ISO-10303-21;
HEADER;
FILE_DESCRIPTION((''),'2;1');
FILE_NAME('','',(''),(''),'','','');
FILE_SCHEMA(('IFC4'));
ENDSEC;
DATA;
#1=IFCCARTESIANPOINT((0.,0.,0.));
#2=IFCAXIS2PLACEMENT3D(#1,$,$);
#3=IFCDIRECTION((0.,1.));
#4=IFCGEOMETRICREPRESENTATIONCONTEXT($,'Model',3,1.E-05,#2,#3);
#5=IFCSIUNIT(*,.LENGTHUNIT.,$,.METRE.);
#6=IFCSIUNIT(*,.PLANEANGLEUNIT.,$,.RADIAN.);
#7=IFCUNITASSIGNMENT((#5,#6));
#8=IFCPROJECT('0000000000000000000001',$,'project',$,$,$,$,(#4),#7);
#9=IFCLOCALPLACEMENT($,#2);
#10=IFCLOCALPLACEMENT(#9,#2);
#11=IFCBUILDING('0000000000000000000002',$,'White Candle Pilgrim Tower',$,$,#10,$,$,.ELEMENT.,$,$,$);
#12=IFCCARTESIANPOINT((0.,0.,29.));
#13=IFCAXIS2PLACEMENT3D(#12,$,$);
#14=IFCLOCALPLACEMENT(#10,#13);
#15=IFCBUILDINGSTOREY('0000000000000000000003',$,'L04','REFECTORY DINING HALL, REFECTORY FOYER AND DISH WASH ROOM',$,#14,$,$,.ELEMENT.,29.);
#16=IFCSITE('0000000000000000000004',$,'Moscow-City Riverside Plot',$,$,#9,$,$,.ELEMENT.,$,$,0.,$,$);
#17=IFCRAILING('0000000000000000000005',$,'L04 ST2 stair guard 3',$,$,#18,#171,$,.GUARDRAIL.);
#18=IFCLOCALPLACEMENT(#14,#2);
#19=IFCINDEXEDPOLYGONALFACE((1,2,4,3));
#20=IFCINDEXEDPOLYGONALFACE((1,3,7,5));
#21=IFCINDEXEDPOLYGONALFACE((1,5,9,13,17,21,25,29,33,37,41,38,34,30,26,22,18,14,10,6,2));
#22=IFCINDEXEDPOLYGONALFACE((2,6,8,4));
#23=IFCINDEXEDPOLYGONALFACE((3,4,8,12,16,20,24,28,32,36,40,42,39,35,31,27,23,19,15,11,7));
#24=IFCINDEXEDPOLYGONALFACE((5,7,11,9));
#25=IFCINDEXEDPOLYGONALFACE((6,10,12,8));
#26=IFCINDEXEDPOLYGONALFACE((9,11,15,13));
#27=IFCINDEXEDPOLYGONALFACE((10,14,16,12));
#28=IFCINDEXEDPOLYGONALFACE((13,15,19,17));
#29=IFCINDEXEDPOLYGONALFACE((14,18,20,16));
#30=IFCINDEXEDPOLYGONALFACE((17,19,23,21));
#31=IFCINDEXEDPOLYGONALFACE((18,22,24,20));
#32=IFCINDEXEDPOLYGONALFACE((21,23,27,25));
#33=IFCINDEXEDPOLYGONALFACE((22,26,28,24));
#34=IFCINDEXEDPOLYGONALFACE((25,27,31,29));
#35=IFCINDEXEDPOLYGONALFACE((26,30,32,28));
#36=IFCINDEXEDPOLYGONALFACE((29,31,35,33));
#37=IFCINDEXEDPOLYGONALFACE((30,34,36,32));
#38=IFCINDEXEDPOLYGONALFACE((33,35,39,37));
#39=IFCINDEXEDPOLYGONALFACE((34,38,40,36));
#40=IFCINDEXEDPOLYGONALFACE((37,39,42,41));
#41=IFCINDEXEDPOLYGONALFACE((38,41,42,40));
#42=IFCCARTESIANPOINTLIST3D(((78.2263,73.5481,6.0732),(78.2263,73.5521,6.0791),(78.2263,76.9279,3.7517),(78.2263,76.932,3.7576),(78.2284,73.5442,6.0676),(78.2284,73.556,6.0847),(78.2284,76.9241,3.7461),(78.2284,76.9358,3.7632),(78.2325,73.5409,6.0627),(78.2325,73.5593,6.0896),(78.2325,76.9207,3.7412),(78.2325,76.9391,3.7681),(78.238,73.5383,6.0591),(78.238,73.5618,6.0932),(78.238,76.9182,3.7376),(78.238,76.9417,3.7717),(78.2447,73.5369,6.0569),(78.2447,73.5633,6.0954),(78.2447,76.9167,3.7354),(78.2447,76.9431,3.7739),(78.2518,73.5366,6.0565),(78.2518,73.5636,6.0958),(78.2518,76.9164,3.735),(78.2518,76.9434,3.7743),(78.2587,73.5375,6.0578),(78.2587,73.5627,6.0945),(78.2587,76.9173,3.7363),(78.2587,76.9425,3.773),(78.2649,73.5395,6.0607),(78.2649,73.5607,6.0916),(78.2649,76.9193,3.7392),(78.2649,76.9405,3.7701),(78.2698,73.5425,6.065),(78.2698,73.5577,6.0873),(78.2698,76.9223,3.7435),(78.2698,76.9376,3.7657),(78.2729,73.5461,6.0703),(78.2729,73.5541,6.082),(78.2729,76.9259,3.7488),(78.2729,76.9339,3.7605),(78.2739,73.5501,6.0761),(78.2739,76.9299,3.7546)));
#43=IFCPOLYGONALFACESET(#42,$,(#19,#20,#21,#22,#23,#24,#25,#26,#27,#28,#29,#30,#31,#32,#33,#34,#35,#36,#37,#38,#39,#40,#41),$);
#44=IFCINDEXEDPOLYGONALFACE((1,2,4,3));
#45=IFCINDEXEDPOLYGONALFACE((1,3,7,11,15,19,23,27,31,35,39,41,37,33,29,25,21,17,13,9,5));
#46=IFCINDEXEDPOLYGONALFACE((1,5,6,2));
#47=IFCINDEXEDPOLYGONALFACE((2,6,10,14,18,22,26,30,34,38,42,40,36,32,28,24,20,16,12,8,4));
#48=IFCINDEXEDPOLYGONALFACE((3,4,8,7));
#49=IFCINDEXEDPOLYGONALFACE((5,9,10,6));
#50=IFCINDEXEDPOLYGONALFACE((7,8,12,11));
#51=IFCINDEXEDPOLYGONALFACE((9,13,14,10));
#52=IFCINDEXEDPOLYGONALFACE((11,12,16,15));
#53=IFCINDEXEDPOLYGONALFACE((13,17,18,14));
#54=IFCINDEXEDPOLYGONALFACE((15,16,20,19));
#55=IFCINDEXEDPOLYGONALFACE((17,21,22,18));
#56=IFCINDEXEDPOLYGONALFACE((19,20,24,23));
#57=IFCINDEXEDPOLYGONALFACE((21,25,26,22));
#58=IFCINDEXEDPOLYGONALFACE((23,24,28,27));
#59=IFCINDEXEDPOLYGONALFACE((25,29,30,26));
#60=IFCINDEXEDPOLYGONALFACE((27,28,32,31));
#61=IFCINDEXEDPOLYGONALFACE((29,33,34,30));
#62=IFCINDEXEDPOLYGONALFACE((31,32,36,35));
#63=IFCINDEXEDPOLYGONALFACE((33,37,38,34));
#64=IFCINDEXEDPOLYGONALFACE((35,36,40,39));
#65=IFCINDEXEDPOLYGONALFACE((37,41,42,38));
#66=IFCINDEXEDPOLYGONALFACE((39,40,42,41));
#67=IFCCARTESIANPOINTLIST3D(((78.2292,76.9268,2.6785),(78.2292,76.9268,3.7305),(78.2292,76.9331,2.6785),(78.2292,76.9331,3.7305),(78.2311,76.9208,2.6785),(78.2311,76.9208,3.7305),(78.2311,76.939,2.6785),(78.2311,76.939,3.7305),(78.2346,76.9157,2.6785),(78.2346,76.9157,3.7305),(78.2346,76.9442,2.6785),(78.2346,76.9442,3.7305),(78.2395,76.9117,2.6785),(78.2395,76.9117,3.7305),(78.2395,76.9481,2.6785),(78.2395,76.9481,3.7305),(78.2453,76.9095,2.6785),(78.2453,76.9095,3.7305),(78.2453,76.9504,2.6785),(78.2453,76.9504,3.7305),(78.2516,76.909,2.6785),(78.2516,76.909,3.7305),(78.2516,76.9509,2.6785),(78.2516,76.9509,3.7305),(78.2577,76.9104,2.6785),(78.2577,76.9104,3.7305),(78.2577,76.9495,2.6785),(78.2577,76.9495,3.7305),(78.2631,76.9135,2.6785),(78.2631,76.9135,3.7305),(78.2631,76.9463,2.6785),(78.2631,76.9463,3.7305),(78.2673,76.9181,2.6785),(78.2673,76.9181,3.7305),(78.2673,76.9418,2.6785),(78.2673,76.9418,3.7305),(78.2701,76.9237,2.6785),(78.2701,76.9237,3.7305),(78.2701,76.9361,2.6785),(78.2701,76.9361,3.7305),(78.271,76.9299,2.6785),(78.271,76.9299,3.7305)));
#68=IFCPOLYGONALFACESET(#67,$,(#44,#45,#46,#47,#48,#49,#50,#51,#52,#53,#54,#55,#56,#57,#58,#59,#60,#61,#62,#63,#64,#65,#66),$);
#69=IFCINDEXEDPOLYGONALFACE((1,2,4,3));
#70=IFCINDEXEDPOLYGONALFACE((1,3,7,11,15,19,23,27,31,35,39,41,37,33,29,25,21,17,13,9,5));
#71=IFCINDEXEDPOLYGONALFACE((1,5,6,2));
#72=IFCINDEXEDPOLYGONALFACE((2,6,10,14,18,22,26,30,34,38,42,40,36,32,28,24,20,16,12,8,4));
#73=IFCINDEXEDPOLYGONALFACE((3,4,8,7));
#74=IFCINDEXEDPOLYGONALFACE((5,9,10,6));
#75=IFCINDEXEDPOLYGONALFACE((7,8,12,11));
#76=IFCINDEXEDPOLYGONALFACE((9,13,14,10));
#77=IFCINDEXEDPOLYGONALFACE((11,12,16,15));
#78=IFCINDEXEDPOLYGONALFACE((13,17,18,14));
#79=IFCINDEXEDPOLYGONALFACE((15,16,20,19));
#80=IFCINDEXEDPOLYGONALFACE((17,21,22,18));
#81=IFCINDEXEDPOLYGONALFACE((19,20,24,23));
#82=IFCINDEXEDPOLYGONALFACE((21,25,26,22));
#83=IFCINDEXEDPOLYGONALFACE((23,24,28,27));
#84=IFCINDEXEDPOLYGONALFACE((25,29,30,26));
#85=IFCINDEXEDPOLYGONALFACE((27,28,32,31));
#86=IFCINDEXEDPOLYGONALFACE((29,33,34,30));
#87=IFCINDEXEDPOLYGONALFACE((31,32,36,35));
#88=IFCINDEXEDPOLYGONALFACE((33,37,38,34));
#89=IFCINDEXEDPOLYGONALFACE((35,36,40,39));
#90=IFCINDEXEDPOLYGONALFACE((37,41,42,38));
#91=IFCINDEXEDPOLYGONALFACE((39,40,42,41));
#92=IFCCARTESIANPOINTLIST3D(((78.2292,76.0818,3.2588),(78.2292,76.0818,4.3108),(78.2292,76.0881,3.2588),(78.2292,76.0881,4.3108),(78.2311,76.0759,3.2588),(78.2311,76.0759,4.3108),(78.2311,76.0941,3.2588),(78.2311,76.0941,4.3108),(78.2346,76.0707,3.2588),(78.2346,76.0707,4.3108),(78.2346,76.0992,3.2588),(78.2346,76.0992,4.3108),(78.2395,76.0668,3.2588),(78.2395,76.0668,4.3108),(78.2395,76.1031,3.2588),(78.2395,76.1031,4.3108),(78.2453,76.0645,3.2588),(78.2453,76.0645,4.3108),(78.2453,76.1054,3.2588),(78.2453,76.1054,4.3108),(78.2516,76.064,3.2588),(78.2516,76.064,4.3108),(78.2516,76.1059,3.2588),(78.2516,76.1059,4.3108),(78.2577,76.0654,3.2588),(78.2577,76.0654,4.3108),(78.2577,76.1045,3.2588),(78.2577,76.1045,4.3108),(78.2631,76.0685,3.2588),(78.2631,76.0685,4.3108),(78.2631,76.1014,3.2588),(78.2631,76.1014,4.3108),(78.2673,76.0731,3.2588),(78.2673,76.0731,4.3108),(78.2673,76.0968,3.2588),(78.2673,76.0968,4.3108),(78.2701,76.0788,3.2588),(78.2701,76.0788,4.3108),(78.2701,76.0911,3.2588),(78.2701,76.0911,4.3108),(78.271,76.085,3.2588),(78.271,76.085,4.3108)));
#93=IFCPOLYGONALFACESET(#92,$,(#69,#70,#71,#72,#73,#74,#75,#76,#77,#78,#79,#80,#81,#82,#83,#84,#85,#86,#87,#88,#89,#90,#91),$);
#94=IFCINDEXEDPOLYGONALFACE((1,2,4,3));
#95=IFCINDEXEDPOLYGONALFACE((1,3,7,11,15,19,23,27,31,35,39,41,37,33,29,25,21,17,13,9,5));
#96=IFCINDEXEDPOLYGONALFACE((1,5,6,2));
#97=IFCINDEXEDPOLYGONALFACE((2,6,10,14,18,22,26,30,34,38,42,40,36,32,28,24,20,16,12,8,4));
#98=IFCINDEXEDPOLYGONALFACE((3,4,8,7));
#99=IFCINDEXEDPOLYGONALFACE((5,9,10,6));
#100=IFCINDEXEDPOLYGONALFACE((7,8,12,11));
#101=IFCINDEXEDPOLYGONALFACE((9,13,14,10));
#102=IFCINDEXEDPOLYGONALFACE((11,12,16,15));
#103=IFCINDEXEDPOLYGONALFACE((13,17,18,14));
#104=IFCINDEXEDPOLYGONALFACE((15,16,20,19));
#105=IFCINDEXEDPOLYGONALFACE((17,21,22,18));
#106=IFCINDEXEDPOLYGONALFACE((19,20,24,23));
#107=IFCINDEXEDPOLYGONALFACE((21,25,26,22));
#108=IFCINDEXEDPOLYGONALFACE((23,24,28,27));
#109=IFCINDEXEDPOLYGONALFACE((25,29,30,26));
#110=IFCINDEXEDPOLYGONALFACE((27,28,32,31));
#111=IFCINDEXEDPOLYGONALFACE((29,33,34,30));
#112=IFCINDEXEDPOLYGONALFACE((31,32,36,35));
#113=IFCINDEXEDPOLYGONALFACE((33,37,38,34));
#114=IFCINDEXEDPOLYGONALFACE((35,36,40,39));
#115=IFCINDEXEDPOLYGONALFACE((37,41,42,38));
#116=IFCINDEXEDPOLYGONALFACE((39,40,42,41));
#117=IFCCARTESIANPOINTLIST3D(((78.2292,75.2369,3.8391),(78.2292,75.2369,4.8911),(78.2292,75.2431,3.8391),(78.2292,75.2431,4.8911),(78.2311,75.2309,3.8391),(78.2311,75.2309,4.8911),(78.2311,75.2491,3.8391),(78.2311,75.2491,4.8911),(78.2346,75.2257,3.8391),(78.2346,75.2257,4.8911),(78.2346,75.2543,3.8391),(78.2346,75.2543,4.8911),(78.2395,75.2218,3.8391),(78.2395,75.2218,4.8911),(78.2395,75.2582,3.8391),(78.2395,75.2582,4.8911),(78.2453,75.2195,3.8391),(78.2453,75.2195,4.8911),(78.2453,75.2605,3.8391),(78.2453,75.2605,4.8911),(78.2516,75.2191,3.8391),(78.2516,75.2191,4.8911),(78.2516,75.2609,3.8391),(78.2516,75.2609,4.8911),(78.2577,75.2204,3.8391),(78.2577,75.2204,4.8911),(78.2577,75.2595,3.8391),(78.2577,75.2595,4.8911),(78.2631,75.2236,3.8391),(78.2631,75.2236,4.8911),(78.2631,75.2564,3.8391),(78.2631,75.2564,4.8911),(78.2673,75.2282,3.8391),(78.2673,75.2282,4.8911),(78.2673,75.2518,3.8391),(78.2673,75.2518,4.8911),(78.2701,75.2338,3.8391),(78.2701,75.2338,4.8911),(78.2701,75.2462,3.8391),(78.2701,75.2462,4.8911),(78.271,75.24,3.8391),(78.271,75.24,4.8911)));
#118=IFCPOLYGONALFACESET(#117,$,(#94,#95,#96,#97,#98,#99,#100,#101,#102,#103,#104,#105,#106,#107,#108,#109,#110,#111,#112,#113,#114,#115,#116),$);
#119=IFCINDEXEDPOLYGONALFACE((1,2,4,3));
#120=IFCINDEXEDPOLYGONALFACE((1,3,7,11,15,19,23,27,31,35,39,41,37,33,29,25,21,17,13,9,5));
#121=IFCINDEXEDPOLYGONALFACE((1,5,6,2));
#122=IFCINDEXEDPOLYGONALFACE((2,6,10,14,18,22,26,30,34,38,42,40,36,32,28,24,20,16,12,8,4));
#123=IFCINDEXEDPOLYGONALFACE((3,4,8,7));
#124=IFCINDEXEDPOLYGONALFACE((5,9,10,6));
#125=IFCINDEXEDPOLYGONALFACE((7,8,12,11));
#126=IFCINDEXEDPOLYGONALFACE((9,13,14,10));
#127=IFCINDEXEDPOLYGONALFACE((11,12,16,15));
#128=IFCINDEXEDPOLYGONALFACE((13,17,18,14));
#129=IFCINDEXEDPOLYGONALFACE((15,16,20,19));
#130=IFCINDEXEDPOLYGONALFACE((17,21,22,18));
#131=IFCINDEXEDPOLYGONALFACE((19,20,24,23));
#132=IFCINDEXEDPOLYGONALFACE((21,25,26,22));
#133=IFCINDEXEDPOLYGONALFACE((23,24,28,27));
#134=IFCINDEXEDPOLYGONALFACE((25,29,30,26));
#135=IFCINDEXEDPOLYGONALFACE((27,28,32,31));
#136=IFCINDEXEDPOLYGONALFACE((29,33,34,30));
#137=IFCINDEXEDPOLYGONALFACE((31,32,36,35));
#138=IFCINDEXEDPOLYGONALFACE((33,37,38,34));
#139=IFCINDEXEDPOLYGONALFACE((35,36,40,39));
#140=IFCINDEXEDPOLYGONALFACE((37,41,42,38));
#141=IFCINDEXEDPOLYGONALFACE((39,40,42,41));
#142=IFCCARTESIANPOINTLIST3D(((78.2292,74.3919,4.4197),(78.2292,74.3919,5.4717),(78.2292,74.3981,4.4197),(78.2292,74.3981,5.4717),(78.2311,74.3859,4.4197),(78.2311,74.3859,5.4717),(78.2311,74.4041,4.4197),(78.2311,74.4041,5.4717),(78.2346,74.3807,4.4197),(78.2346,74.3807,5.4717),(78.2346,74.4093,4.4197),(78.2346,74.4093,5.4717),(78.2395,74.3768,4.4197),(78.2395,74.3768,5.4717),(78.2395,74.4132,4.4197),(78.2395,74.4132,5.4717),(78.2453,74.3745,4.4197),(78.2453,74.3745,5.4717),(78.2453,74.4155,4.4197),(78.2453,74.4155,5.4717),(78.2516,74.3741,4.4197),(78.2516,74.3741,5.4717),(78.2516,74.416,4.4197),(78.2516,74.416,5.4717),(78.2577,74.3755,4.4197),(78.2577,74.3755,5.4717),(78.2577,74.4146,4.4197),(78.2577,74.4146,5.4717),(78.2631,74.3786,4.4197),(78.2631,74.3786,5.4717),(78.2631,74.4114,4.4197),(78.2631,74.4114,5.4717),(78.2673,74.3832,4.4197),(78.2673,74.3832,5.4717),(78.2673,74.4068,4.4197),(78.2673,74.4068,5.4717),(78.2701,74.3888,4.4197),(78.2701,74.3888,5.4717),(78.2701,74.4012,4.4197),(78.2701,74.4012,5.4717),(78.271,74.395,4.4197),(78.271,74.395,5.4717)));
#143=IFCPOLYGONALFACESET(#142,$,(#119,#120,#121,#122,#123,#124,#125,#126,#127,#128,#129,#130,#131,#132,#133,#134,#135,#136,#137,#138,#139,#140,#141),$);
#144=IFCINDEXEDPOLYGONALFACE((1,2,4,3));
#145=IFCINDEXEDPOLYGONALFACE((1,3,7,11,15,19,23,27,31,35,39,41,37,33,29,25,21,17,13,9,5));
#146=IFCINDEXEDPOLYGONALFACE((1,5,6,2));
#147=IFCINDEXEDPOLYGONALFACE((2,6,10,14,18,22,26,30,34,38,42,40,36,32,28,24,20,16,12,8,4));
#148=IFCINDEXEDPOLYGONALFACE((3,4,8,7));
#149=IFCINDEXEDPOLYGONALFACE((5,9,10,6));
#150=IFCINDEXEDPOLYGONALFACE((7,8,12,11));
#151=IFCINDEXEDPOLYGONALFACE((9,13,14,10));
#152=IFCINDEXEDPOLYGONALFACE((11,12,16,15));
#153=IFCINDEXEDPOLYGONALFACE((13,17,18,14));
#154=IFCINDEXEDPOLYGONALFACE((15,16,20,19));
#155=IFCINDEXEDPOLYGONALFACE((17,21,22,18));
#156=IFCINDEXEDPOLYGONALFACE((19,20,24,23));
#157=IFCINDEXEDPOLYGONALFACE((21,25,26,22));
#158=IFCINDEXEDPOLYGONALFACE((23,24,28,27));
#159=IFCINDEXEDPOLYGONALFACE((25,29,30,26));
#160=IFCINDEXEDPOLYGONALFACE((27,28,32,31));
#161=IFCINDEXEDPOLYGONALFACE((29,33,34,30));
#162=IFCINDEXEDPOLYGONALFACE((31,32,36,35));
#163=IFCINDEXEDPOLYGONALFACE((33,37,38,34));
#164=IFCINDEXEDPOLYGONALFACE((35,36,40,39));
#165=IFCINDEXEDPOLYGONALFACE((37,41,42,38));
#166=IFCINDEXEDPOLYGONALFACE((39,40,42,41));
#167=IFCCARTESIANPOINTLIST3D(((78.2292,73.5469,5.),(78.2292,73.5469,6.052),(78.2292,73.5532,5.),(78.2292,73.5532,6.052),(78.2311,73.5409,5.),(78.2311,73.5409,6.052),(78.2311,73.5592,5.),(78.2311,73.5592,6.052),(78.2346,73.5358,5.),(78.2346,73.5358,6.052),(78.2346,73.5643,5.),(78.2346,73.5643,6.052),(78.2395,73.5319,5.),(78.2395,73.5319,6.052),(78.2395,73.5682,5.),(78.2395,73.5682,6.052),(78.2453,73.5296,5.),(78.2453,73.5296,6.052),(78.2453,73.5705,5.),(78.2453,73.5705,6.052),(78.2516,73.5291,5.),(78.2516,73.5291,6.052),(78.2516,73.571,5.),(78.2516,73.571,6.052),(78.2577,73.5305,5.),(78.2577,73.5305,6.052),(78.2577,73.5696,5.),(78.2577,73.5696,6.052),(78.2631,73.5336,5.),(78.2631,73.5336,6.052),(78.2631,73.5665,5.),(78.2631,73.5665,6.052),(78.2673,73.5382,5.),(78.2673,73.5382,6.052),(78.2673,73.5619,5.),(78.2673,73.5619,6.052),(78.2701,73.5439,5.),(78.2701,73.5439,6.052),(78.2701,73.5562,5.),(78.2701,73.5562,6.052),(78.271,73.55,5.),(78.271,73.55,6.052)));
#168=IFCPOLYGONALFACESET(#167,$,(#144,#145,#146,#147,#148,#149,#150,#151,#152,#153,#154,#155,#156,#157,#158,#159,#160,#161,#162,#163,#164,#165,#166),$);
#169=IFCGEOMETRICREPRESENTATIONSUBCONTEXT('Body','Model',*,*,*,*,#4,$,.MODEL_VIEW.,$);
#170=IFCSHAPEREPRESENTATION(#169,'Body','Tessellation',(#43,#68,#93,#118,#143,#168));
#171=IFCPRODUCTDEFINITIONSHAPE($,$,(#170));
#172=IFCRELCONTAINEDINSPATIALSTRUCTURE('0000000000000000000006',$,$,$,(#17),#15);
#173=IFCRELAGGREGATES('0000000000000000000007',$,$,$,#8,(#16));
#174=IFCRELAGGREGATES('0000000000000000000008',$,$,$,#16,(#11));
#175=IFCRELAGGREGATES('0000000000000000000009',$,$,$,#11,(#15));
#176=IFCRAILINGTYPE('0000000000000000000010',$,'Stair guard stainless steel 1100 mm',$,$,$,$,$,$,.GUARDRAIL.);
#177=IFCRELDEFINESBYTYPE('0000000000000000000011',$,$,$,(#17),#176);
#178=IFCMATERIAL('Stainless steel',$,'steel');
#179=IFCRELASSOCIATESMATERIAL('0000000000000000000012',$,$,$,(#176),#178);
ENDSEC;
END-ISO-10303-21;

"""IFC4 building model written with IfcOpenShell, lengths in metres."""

from ifc_helpers import new_model, si_unit, direction, frame, origin, origin_2d, place, context, subcontext, project, spatial, circle, extrude, material, type_object, element, save


model = new_model("IFC4")

# Units and contexts
model_context = context("Model", 3, precision=1e-05, world=origin(), true_north=direction((0.0, 1.0)))
body_context = subcontext(model_context, "Body", "Model", "MODEL_VIEW")
ifc_project = project(units=[si_unit("LENGTHUNIT", "METRE"), si_unit("PLANEANGLEUNIT", "RADIAN")], contexts=[model_context])

# Site, building, storey
site_placement = place(None, origin())
site = spatial("IfcSite", under=ifc_project, at=site_placement, Name="Moscow-City Riverside Plot", CompositionType="ELEMENT", RefElevation=0.0)
building_placement = place(site_placement, origin())
building = spatial("IfcBuilding", under=site, at=building_placement, Name="White Candle Pilgrim Tower", CompositionType="ELEMENT")
storey_placement = place(building_placement, frame((0.0, 0.0, 29.0)))
storey = spatial("IfcBuildingStorey", under=building, at=storey_placement, Name="L04", Description="REFECTORY DINING HALL, REFECTORY FOYER AND DISH WASH ROOM", CompositionType="ELEMENT", Elevation=29.0)

# Railing
ifc_material_1 = material(Name="Stainless steel", Category="steel")
railing_type_1 = type_object("IfcRailingType", Name="Stair guard stainless steel 1100 mm", PredefinedType="GUARDRAIL", material=ifc_material_1)
railing_1_placement = place(storey_placement, frame((78.25, 76.9299, 2.6785)))
element("IfcRailing", 1, at=railing_1_placement, inside=storey, type_object=railing_type_1, Name="L04 ST2 stair guard 3", PredefinedType="GUARDRAIL", context=body_context, shape_type="SweptSolid", body=[
    extrude(circle(Radius=0.0239, at=origin_2d()), frame((0.0, 0.0, 1.0762), z_axis=(0.0, -0.824285, 0.566175), x_axis=(1.0, 0.0, 0.0)), (0.0, 0.0, 1.0), 4.1003),
    extrude(circle(Radius=0.021, at=origin_2d()), origin(), (0.0, 0.0, 1.0), 1.052),
    extrude(circle(Radius=0.021, at=origin_2d()), frame((0.0, -0.845, 0.5803)), (0.0, 0.0, 1.0), 1.052),
    extrude(circle(Radius=0.021, at=origin_2d()), frame((0.0, -1.6899, 1.1606)), (0.0, 0.0, 1.0), 1.052),
    extrude(circle(Radius=0.021, at=origin_2d()), frame((0.0, -2.5349, 1.7412)), (0.0, 0.0, 1.0), 1.052),
    extrude(circle(Radius=0.021, at=origin_2d()), frame((0.0, -3.3799, 2.3215)), (0.0, 0.0, 1.0), 1.052),
])

save(model, "model.ifc")
